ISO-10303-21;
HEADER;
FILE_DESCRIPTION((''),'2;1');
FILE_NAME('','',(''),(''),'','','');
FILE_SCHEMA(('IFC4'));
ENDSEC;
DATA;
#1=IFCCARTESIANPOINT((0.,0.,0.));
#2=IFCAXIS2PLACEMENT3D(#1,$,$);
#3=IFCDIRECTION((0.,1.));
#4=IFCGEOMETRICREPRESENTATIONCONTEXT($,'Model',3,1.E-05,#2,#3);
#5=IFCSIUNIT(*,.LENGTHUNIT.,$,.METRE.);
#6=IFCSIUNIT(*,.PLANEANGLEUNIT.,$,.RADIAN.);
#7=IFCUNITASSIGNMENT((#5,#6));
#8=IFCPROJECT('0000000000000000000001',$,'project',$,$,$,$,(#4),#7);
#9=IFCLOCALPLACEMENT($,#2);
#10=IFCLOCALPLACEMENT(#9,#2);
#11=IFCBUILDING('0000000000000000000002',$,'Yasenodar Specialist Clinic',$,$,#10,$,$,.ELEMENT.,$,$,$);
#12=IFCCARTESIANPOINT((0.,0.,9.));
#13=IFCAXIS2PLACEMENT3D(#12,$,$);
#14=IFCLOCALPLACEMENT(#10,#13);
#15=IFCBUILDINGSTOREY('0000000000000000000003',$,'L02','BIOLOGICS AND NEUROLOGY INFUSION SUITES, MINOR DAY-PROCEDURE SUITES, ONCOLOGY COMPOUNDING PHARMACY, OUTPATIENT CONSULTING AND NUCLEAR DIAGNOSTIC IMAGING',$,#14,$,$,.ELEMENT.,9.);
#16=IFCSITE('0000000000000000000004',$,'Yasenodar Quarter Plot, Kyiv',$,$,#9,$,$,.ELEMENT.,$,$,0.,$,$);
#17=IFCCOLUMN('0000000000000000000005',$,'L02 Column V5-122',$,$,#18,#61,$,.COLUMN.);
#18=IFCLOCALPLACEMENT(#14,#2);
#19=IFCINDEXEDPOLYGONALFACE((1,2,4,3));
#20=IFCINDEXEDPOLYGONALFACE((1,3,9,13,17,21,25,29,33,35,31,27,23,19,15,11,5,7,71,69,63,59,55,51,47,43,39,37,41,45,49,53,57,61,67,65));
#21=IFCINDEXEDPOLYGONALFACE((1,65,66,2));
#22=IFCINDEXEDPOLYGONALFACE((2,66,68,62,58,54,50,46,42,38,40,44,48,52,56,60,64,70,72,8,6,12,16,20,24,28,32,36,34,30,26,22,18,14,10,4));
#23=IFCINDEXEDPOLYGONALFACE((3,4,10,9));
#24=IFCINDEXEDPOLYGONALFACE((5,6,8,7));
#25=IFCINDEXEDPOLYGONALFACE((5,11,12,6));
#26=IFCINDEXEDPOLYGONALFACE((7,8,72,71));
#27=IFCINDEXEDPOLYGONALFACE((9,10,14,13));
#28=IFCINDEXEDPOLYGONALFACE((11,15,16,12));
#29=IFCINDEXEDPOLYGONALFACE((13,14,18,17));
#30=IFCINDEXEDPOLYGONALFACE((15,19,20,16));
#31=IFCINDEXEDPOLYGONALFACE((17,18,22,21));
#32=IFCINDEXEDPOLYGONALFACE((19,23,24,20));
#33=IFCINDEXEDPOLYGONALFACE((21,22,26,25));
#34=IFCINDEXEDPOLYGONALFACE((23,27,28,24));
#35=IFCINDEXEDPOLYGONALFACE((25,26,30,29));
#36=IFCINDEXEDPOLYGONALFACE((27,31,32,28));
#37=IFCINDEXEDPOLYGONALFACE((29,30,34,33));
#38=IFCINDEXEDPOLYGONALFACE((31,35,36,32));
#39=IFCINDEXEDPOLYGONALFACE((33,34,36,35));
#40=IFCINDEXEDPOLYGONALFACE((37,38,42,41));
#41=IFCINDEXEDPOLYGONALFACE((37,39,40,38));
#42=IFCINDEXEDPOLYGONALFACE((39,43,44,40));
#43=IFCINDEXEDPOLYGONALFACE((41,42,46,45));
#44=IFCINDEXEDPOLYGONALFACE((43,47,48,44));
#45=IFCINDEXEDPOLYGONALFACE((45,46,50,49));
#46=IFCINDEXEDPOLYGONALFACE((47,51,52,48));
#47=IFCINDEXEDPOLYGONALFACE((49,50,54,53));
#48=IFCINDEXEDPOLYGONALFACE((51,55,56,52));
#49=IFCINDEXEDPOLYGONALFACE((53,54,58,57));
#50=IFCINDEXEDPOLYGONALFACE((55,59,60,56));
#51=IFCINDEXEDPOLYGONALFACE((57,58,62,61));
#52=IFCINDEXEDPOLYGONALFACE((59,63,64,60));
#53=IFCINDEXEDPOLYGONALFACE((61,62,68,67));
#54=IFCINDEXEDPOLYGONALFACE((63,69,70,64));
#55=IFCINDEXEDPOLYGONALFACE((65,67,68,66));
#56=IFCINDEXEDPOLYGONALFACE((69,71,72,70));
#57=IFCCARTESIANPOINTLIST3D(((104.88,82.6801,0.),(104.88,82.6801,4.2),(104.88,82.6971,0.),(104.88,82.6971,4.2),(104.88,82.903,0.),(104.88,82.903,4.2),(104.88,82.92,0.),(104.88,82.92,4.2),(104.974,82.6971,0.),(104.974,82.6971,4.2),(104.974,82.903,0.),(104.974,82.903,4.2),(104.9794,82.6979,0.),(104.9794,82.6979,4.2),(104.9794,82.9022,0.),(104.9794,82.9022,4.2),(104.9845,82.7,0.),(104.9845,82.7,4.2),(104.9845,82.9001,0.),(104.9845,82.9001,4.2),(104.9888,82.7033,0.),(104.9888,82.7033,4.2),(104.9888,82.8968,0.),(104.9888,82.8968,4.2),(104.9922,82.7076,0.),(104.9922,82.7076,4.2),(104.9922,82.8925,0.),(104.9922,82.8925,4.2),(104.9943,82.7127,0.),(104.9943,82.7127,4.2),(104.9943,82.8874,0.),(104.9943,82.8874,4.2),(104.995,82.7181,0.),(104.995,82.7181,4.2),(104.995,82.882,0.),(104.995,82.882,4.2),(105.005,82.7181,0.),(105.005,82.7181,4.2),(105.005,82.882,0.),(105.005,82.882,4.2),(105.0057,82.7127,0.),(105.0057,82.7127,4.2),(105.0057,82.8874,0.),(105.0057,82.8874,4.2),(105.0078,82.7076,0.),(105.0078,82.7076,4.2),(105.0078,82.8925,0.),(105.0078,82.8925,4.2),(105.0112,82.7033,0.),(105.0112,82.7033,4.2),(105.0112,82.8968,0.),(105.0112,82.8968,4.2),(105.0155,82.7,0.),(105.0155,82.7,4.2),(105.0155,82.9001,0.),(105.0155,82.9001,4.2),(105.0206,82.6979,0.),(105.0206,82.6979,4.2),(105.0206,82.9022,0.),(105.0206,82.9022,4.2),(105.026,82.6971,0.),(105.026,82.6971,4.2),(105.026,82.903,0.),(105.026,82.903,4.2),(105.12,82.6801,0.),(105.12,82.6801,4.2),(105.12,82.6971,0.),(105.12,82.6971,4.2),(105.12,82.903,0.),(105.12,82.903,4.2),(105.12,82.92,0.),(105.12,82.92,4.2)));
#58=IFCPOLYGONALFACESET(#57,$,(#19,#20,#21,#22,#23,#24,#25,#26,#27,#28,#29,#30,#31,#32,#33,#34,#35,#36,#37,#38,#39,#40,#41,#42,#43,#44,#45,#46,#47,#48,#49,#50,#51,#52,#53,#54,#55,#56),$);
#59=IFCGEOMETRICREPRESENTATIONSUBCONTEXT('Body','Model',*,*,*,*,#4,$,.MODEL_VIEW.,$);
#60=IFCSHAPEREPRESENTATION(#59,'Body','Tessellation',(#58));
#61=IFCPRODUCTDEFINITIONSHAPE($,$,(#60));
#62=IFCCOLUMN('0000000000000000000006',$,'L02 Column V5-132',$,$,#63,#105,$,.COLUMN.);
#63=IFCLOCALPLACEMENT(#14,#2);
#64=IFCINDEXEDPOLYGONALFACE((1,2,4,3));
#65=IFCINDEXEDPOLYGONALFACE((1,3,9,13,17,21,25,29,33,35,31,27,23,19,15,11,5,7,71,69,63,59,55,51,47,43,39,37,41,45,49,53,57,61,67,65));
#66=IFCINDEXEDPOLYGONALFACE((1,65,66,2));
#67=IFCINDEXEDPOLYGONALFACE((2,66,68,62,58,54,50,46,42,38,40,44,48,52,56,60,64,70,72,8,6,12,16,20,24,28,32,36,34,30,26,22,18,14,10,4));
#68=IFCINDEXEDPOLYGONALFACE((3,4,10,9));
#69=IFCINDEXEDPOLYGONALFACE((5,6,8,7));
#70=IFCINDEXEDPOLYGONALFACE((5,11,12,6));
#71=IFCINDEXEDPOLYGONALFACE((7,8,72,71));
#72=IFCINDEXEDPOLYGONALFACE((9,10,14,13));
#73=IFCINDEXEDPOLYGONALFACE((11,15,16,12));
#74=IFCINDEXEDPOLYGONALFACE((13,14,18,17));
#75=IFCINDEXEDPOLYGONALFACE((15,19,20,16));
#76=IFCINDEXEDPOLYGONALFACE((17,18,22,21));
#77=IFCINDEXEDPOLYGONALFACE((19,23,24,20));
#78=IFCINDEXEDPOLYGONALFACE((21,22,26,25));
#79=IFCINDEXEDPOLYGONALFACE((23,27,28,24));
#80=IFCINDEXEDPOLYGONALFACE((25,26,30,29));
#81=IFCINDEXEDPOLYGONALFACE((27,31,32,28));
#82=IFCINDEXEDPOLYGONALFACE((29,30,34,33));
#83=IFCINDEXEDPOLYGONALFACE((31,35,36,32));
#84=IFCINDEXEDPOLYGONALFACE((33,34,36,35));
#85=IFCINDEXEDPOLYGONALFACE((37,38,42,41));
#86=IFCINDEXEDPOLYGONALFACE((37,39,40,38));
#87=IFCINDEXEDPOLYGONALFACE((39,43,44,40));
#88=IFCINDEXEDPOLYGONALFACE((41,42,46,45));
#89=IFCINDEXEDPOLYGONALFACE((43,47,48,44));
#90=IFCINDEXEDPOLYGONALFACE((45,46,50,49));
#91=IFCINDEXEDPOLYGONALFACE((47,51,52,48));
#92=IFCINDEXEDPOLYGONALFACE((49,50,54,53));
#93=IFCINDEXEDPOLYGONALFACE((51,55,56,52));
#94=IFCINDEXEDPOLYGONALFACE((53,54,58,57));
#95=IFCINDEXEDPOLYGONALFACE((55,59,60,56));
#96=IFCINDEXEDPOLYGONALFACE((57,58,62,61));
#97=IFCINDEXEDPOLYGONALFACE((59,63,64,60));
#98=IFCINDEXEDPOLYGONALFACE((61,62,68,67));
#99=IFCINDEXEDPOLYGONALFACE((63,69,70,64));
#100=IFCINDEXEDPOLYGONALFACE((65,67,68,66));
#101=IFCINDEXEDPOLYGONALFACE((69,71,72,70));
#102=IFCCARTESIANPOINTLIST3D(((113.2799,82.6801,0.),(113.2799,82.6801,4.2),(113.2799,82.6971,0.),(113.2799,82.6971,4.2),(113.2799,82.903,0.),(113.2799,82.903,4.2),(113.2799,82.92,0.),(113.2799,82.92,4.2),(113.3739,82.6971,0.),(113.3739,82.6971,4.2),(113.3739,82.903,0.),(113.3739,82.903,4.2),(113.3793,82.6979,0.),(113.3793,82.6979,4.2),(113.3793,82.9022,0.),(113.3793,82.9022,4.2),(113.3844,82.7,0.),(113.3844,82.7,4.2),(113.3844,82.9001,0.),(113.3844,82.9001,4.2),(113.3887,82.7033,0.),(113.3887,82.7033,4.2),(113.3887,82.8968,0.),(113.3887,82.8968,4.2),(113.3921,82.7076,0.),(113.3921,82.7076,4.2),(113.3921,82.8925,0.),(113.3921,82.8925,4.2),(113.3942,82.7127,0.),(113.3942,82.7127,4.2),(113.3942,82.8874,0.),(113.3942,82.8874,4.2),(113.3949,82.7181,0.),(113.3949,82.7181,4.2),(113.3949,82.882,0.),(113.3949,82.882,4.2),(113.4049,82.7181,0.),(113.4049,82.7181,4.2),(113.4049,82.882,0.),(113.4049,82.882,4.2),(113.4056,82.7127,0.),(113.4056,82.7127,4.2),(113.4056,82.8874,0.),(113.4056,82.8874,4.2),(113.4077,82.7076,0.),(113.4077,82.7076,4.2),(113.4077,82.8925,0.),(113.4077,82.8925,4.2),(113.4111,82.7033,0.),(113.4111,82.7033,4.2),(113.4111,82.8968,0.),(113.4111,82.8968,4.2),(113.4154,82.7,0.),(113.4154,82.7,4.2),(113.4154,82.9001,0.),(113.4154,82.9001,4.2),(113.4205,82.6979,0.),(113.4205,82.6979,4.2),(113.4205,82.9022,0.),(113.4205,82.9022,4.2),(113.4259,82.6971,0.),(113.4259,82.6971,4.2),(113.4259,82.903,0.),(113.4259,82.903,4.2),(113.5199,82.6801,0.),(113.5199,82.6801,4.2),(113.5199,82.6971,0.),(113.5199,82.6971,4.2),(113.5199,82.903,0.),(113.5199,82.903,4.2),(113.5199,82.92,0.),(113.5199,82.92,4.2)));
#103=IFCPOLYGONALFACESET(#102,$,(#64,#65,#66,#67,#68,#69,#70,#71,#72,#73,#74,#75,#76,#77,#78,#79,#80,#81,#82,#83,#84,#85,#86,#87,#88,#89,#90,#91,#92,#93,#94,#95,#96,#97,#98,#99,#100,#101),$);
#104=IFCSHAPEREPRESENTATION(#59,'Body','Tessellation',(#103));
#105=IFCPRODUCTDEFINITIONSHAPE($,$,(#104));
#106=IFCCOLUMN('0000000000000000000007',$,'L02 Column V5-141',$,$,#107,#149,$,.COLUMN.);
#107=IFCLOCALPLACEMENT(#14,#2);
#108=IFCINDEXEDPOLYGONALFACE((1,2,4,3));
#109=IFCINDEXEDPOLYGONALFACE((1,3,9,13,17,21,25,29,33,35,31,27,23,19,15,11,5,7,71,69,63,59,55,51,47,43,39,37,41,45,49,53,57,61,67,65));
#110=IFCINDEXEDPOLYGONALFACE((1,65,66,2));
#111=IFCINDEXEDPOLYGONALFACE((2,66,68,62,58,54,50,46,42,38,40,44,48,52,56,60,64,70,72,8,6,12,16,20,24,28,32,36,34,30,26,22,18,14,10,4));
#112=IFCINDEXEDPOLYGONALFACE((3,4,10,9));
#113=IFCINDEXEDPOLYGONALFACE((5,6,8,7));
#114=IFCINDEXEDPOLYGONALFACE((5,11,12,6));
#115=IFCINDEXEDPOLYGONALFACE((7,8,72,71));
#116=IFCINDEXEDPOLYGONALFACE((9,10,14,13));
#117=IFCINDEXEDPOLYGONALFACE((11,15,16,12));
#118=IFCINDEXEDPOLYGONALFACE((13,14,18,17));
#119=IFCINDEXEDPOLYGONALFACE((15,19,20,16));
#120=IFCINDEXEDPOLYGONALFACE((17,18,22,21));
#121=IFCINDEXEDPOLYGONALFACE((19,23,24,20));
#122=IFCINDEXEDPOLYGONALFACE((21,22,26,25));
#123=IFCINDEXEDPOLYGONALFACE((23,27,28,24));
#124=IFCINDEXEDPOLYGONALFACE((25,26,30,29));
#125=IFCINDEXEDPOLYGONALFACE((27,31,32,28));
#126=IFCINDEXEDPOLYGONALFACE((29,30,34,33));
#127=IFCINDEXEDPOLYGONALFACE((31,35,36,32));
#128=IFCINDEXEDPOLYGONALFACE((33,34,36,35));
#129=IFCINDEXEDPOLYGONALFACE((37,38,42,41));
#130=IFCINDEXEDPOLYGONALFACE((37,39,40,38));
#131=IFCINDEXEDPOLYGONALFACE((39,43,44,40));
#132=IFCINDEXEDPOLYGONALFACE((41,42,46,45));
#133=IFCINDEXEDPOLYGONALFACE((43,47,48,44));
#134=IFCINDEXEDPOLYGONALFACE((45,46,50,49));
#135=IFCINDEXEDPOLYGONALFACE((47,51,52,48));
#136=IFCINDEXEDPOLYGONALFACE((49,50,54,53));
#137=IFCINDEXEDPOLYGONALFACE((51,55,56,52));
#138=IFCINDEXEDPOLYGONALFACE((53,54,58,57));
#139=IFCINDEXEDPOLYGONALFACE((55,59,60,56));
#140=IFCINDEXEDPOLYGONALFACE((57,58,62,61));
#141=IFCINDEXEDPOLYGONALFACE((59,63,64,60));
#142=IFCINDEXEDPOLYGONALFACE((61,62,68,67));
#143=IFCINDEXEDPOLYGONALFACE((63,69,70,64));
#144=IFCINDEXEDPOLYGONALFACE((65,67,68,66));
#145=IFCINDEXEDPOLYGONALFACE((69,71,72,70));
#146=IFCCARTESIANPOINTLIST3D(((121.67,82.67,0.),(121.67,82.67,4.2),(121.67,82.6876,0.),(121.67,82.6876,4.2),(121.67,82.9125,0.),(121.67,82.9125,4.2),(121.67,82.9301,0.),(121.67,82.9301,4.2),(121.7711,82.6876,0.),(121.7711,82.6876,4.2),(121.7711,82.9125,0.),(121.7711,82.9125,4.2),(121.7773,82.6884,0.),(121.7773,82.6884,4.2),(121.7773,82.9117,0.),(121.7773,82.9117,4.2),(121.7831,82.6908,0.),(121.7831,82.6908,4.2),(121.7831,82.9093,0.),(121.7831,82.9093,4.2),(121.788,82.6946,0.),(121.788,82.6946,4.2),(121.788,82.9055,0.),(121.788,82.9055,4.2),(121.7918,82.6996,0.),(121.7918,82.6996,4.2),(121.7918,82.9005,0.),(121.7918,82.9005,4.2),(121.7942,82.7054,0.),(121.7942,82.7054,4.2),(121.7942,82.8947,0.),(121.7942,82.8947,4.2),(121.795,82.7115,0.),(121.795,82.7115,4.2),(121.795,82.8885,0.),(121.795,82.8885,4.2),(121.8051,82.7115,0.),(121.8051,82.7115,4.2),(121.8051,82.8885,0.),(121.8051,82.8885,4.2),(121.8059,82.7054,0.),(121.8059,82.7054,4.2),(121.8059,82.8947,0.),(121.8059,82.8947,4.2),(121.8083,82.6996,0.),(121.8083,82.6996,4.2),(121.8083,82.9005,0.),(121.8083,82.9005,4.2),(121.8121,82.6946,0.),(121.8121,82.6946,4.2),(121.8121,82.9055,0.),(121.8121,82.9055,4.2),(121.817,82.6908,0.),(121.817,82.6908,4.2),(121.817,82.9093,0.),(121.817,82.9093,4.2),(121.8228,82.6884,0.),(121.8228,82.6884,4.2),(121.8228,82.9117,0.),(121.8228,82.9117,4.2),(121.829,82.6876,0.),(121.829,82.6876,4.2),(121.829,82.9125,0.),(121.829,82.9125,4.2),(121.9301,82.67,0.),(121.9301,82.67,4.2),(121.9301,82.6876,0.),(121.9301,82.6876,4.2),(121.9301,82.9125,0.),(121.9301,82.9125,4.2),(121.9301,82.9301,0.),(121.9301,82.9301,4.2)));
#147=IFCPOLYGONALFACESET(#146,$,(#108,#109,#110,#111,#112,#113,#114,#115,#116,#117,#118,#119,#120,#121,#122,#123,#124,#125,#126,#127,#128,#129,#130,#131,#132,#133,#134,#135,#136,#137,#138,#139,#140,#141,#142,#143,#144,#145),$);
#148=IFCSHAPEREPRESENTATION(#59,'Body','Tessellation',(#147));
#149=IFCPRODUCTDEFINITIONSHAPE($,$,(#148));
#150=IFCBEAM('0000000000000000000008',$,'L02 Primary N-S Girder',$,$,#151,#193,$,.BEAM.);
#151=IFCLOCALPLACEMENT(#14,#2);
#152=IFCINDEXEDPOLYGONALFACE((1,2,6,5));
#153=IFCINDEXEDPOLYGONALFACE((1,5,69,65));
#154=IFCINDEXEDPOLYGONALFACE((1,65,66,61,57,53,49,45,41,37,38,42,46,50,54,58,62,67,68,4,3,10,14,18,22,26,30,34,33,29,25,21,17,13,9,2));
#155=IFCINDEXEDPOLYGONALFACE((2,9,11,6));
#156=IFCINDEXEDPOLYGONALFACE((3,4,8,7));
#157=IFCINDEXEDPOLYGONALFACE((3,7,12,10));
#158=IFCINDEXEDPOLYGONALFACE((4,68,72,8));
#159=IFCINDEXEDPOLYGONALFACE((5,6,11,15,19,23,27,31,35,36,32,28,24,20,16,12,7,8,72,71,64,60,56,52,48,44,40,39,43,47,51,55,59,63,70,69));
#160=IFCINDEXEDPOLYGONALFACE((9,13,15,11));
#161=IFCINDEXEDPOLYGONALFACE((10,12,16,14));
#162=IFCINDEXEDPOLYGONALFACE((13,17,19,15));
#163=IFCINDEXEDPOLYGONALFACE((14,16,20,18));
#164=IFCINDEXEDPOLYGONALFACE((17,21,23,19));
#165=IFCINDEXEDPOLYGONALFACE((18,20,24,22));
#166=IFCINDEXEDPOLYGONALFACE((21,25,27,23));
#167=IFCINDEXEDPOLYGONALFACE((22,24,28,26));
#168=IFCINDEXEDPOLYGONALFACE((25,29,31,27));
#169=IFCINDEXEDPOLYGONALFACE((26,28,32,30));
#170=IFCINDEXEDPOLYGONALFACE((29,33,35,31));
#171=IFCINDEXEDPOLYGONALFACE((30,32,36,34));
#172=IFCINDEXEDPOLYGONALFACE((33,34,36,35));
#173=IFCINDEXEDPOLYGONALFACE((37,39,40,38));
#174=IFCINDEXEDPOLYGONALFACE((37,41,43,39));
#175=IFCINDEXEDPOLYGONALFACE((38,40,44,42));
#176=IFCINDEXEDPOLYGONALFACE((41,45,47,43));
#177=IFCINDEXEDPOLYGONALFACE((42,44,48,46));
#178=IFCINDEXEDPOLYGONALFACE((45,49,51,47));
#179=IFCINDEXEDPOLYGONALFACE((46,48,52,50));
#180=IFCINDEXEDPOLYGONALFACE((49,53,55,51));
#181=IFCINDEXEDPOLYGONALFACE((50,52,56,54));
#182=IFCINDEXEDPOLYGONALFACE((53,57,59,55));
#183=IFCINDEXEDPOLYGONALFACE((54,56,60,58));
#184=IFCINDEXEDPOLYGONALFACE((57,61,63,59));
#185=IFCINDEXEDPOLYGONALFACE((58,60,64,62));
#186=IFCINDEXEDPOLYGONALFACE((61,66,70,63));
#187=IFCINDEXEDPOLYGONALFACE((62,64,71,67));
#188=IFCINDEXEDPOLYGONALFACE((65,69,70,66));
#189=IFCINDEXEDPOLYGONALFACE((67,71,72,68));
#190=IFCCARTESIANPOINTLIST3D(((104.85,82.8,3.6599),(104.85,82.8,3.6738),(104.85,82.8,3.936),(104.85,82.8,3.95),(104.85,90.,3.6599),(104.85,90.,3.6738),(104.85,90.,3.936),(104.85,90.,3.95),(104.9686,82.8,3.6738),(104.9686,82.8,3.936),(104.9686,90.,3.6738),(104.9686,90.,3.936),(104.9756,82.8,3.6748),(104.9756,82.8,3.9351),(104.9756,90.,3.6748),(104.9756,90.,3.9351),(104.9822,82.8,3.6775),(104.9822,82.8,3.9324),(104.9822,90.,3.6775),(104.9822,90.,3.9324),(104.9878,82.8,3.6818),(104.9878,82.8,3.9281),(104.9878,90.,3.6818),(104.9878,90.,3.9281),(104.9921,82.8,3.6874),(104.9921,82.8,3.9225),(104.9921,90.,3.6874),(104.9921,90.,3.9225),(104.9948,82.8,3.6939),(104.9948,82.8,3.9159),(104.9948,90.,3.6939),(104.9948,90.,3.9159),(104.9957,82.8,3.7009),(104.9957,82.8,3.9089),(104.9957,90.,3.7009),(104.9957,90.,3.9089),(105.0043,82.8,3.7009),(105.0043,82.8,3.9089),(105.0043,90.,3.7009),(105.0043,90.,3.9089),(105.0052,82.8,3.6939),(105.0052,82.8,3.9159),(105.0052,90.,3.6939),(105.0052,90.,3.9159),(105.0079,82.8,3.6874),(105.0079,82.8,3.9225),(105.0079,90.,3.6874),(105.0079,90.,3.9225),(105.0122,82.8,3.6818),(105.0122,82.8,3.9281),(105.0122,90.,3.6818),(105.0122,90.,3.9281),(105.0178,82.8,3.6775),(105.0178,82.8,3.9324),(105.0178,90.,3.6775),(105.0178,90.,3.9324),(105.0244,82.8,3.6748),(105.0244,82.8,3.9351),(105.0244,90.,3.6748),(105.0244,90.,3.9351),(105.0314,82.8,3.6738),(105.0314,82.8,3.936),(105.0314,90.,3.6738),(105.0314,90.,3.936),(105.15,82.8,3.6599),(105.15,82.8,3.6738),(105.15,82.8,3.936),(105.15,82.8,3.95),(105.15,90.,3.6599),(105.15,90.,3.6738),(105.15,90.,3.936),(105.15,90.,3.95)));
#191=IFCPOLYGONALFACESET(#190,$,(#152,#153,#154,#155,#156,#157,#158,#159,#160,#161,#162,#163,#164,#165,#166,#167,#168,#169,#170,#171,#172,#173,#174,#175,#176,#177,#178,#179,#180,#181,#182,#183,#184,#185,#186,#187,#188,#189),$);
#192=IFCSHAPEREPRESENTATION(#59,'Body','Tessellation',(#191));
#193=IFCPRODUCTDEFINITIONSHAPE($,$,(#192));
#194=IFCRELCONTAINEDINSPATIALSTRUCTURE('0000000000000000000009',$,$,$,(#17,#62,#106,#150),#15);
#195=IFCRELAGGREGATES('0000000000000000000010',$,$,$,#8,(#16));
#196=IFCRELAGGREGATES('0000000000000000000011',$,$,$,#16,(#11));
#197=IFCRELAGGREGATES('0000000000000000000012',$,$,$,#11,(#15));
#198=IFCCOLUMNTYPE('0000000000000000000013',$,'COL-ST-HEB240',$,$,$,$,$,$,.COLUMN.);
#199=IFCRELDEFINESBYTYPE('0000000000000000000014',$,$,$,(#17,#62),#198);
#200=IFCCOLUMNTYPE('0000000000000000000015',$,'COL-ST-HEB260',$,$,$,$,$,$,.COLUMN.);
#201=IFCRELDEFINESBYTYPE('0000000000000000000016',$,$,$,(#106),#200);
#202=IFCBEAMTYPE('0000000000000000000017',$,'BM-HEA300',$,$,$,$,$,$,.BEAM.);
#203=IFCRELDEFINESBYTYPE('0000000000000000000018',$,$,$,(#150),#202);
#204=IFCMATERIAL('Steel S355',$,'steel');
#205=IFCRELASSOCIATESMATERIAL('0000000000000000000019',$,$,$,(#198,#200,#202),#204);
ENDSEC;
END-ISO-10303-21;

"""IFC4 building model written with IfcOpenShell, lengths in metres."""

from ifc_helpers import new_model, si_unit, direction, frame, origin, origin_2d, place, context, subcontext, project, spatial, i_section, extrude, material, material_profile, profile_set, type_object, element, save


model = new_model("IFC4")

# Units and contexts
model_context = context("Model", 3, precision=1e-05, world=origin(), true_north=direction((0.0, 1.0)))
body_context = subcontext(model_context, "Body", "Model", "MODEL_VIEW")
ifc_project = project(units=[si_unit("LENGTHUNIT", "METRE"), si_unit("PLANEANGLEUNIT", "RADIAN")], contexts=[model_context])

# Site, building, storey
site_placement = place(None, origin())
site = spatial("IfcSite", under=ifc_project, at=site_placement, Name="Yasenodar Quarter Plot, Kyiv", CompositionType="ELEMENT", RefElevation=0.0)
building_placement = place(site_placement, origin())
building = spatial("IfcBuilding", under=site, at=building_placement, Name="Yasenodar Specialist Clinic", CompositionType="ELEMENT")
storey_placement = place(building_placement, frame((0.0, 0.0, 9.0)))
storey = spatial("IfcBuildingStorey", under=building, at=storey_placement, Name="L02", Description="BIOLOGICS AND NEUROLOGY INFUSION SUITES, MINOR DAY-PROCEDURE SUITES, ONCOLOGY COMPOUNDING PHARMACY, OUTPATIENT CONSULTING AND NUCLEAR DIAGNOSTIC IMAGING", CompositionType="ELEMENT", Elevation=9.0)

# Columns
ifc_material_1 = material(Name="Steel S355", Category="steel")
ifc_material_profile_1 = material_profile(ifc_material_1, i_section(OverallWidth=0.24, OverallDepth=0.24, WebThickness=0.01, FlangeThickness=0.0171, FilletRadius=0.021, at=origin_2d()), Name="HEB 240")
ifc_profile_set_1 = profile_set([ifc_material_profile_1], Name="Steel S355")
column_type_1 = type_object("IfcColumnType", Name="COL-ST-HEB240", PredefinedType="COLUMN", material=ifc_profile_set_1)
for number, where, z_axis, x_axis, name in (
    (1, (105.0, 82.8, 0.0), (0.0, 0.0, 1.0), (1.0, 0.0, 0.0), "L02 Column V5-122"),
    (2, (113.3999, 82.8, 0.0), (0.0, 0.0, 1.0), (1.0, 0.0, 0.0), "L02 Column V5-132"),
):
    element("IfcColumn", number, at=place(storey_placement, frame(where, z_axis=z_axis, x_axis=x_axis)), inside=storey, type_object=column_type_1, Name=name, PredefinedType="COLUMN", context=body_context, shape_type="SweptSolid", body=[
        extrude(i_section(OverallWidth=0.24, OverallDepth=0.24, WebThickness=0.01, FlangeThickness=0.0171, FilletRadius=0.021, at=origin_2d()), origin(), (0.0, 0.0, 1.0), 4.2),
    ])
ifc_material_profile_2 = material_profile(ifc_material_1, i_section(OverallWidth=0.26, OverallDepth=0.26, WebThickness=0.01, FlangeThickness=0.0176, FilletRadius=0.0239, at=origin_2d()), Name="HEB 260")
ifc_profile_set_2 = profile_set([ifc_material_profile_2], Name="Steel S355")
column_type_2 = type_object("IfcColumnType", Name="COL-ST-HEB260", PredefinedType="COLUMN", material=ifc_profile_set_2)
column_placement = place(storey_placement, frame((121.8, 82.8, 0.0), z_axis=(0.0, 0.0, 1.0), x_axis=(1.0, 0.0, 0.0)))
element("IfcColumn", 3, at=column_placement, inside=storey, type_object=column_type_2, Name="L02 Column V5-141", PredefinedType="COLUMN", context=body_context, shape_type="SweptSolid", body=[
    extrude(i_section(OverallWidth=0.26, OverallDepth=0.26, WebThickness=0.01, FlangeThickness=0.0176, FilletRadius=0.0239, at=origin_2d()), origin(), (0.0, 0.0, 1.0), 4.2),
])

# Beam
ifc_material_profile_3 = material_profile(ifc_material_1, i_section(OverallWidth=0.3, OverallDepth=0.29, WebThickness=0.0085, FlangeThickness=0.0139, FilletRadius=0.0271, at=origin_2d()), Name="HEA 300")
ifc_profile_set_3 = profile_set([ifc_material_profile_3], Name="Steel S355")
beam_type_1 = type_object("IfcBeamType", Name="BM-HEA300", PredefinedType="BEAM", material=ifc_profile_set_3)
for number, where, z_axis, x_axis, name in (
    (4, (105.0, 82.8, 3.8049), (0.0, 1.0, 0.0), (-1.0, 0.0, 0.0), "L02 Primary N-S Girder"),
):
    element("IfcBeam", number, at=place(storey_placement, frame(where, z_axis=z_axis, x_axis=x_axis)), inside=storey, type_object=beam_type_1, Name=name, PredefinedType="BEAM", context=body_context, shape_type="SweptSolid", body=[
        extrude(i_section(OverallWidth=0.3, OverallDepth=0.29, WebThickness=0.0085, FlangeThickness=0.0139, FilletRadius=0.0271, at=origin_2d()), origin(), (0.0, 0.0, 1.0), 7.2),
    ])

save(model, "model.ifc")
